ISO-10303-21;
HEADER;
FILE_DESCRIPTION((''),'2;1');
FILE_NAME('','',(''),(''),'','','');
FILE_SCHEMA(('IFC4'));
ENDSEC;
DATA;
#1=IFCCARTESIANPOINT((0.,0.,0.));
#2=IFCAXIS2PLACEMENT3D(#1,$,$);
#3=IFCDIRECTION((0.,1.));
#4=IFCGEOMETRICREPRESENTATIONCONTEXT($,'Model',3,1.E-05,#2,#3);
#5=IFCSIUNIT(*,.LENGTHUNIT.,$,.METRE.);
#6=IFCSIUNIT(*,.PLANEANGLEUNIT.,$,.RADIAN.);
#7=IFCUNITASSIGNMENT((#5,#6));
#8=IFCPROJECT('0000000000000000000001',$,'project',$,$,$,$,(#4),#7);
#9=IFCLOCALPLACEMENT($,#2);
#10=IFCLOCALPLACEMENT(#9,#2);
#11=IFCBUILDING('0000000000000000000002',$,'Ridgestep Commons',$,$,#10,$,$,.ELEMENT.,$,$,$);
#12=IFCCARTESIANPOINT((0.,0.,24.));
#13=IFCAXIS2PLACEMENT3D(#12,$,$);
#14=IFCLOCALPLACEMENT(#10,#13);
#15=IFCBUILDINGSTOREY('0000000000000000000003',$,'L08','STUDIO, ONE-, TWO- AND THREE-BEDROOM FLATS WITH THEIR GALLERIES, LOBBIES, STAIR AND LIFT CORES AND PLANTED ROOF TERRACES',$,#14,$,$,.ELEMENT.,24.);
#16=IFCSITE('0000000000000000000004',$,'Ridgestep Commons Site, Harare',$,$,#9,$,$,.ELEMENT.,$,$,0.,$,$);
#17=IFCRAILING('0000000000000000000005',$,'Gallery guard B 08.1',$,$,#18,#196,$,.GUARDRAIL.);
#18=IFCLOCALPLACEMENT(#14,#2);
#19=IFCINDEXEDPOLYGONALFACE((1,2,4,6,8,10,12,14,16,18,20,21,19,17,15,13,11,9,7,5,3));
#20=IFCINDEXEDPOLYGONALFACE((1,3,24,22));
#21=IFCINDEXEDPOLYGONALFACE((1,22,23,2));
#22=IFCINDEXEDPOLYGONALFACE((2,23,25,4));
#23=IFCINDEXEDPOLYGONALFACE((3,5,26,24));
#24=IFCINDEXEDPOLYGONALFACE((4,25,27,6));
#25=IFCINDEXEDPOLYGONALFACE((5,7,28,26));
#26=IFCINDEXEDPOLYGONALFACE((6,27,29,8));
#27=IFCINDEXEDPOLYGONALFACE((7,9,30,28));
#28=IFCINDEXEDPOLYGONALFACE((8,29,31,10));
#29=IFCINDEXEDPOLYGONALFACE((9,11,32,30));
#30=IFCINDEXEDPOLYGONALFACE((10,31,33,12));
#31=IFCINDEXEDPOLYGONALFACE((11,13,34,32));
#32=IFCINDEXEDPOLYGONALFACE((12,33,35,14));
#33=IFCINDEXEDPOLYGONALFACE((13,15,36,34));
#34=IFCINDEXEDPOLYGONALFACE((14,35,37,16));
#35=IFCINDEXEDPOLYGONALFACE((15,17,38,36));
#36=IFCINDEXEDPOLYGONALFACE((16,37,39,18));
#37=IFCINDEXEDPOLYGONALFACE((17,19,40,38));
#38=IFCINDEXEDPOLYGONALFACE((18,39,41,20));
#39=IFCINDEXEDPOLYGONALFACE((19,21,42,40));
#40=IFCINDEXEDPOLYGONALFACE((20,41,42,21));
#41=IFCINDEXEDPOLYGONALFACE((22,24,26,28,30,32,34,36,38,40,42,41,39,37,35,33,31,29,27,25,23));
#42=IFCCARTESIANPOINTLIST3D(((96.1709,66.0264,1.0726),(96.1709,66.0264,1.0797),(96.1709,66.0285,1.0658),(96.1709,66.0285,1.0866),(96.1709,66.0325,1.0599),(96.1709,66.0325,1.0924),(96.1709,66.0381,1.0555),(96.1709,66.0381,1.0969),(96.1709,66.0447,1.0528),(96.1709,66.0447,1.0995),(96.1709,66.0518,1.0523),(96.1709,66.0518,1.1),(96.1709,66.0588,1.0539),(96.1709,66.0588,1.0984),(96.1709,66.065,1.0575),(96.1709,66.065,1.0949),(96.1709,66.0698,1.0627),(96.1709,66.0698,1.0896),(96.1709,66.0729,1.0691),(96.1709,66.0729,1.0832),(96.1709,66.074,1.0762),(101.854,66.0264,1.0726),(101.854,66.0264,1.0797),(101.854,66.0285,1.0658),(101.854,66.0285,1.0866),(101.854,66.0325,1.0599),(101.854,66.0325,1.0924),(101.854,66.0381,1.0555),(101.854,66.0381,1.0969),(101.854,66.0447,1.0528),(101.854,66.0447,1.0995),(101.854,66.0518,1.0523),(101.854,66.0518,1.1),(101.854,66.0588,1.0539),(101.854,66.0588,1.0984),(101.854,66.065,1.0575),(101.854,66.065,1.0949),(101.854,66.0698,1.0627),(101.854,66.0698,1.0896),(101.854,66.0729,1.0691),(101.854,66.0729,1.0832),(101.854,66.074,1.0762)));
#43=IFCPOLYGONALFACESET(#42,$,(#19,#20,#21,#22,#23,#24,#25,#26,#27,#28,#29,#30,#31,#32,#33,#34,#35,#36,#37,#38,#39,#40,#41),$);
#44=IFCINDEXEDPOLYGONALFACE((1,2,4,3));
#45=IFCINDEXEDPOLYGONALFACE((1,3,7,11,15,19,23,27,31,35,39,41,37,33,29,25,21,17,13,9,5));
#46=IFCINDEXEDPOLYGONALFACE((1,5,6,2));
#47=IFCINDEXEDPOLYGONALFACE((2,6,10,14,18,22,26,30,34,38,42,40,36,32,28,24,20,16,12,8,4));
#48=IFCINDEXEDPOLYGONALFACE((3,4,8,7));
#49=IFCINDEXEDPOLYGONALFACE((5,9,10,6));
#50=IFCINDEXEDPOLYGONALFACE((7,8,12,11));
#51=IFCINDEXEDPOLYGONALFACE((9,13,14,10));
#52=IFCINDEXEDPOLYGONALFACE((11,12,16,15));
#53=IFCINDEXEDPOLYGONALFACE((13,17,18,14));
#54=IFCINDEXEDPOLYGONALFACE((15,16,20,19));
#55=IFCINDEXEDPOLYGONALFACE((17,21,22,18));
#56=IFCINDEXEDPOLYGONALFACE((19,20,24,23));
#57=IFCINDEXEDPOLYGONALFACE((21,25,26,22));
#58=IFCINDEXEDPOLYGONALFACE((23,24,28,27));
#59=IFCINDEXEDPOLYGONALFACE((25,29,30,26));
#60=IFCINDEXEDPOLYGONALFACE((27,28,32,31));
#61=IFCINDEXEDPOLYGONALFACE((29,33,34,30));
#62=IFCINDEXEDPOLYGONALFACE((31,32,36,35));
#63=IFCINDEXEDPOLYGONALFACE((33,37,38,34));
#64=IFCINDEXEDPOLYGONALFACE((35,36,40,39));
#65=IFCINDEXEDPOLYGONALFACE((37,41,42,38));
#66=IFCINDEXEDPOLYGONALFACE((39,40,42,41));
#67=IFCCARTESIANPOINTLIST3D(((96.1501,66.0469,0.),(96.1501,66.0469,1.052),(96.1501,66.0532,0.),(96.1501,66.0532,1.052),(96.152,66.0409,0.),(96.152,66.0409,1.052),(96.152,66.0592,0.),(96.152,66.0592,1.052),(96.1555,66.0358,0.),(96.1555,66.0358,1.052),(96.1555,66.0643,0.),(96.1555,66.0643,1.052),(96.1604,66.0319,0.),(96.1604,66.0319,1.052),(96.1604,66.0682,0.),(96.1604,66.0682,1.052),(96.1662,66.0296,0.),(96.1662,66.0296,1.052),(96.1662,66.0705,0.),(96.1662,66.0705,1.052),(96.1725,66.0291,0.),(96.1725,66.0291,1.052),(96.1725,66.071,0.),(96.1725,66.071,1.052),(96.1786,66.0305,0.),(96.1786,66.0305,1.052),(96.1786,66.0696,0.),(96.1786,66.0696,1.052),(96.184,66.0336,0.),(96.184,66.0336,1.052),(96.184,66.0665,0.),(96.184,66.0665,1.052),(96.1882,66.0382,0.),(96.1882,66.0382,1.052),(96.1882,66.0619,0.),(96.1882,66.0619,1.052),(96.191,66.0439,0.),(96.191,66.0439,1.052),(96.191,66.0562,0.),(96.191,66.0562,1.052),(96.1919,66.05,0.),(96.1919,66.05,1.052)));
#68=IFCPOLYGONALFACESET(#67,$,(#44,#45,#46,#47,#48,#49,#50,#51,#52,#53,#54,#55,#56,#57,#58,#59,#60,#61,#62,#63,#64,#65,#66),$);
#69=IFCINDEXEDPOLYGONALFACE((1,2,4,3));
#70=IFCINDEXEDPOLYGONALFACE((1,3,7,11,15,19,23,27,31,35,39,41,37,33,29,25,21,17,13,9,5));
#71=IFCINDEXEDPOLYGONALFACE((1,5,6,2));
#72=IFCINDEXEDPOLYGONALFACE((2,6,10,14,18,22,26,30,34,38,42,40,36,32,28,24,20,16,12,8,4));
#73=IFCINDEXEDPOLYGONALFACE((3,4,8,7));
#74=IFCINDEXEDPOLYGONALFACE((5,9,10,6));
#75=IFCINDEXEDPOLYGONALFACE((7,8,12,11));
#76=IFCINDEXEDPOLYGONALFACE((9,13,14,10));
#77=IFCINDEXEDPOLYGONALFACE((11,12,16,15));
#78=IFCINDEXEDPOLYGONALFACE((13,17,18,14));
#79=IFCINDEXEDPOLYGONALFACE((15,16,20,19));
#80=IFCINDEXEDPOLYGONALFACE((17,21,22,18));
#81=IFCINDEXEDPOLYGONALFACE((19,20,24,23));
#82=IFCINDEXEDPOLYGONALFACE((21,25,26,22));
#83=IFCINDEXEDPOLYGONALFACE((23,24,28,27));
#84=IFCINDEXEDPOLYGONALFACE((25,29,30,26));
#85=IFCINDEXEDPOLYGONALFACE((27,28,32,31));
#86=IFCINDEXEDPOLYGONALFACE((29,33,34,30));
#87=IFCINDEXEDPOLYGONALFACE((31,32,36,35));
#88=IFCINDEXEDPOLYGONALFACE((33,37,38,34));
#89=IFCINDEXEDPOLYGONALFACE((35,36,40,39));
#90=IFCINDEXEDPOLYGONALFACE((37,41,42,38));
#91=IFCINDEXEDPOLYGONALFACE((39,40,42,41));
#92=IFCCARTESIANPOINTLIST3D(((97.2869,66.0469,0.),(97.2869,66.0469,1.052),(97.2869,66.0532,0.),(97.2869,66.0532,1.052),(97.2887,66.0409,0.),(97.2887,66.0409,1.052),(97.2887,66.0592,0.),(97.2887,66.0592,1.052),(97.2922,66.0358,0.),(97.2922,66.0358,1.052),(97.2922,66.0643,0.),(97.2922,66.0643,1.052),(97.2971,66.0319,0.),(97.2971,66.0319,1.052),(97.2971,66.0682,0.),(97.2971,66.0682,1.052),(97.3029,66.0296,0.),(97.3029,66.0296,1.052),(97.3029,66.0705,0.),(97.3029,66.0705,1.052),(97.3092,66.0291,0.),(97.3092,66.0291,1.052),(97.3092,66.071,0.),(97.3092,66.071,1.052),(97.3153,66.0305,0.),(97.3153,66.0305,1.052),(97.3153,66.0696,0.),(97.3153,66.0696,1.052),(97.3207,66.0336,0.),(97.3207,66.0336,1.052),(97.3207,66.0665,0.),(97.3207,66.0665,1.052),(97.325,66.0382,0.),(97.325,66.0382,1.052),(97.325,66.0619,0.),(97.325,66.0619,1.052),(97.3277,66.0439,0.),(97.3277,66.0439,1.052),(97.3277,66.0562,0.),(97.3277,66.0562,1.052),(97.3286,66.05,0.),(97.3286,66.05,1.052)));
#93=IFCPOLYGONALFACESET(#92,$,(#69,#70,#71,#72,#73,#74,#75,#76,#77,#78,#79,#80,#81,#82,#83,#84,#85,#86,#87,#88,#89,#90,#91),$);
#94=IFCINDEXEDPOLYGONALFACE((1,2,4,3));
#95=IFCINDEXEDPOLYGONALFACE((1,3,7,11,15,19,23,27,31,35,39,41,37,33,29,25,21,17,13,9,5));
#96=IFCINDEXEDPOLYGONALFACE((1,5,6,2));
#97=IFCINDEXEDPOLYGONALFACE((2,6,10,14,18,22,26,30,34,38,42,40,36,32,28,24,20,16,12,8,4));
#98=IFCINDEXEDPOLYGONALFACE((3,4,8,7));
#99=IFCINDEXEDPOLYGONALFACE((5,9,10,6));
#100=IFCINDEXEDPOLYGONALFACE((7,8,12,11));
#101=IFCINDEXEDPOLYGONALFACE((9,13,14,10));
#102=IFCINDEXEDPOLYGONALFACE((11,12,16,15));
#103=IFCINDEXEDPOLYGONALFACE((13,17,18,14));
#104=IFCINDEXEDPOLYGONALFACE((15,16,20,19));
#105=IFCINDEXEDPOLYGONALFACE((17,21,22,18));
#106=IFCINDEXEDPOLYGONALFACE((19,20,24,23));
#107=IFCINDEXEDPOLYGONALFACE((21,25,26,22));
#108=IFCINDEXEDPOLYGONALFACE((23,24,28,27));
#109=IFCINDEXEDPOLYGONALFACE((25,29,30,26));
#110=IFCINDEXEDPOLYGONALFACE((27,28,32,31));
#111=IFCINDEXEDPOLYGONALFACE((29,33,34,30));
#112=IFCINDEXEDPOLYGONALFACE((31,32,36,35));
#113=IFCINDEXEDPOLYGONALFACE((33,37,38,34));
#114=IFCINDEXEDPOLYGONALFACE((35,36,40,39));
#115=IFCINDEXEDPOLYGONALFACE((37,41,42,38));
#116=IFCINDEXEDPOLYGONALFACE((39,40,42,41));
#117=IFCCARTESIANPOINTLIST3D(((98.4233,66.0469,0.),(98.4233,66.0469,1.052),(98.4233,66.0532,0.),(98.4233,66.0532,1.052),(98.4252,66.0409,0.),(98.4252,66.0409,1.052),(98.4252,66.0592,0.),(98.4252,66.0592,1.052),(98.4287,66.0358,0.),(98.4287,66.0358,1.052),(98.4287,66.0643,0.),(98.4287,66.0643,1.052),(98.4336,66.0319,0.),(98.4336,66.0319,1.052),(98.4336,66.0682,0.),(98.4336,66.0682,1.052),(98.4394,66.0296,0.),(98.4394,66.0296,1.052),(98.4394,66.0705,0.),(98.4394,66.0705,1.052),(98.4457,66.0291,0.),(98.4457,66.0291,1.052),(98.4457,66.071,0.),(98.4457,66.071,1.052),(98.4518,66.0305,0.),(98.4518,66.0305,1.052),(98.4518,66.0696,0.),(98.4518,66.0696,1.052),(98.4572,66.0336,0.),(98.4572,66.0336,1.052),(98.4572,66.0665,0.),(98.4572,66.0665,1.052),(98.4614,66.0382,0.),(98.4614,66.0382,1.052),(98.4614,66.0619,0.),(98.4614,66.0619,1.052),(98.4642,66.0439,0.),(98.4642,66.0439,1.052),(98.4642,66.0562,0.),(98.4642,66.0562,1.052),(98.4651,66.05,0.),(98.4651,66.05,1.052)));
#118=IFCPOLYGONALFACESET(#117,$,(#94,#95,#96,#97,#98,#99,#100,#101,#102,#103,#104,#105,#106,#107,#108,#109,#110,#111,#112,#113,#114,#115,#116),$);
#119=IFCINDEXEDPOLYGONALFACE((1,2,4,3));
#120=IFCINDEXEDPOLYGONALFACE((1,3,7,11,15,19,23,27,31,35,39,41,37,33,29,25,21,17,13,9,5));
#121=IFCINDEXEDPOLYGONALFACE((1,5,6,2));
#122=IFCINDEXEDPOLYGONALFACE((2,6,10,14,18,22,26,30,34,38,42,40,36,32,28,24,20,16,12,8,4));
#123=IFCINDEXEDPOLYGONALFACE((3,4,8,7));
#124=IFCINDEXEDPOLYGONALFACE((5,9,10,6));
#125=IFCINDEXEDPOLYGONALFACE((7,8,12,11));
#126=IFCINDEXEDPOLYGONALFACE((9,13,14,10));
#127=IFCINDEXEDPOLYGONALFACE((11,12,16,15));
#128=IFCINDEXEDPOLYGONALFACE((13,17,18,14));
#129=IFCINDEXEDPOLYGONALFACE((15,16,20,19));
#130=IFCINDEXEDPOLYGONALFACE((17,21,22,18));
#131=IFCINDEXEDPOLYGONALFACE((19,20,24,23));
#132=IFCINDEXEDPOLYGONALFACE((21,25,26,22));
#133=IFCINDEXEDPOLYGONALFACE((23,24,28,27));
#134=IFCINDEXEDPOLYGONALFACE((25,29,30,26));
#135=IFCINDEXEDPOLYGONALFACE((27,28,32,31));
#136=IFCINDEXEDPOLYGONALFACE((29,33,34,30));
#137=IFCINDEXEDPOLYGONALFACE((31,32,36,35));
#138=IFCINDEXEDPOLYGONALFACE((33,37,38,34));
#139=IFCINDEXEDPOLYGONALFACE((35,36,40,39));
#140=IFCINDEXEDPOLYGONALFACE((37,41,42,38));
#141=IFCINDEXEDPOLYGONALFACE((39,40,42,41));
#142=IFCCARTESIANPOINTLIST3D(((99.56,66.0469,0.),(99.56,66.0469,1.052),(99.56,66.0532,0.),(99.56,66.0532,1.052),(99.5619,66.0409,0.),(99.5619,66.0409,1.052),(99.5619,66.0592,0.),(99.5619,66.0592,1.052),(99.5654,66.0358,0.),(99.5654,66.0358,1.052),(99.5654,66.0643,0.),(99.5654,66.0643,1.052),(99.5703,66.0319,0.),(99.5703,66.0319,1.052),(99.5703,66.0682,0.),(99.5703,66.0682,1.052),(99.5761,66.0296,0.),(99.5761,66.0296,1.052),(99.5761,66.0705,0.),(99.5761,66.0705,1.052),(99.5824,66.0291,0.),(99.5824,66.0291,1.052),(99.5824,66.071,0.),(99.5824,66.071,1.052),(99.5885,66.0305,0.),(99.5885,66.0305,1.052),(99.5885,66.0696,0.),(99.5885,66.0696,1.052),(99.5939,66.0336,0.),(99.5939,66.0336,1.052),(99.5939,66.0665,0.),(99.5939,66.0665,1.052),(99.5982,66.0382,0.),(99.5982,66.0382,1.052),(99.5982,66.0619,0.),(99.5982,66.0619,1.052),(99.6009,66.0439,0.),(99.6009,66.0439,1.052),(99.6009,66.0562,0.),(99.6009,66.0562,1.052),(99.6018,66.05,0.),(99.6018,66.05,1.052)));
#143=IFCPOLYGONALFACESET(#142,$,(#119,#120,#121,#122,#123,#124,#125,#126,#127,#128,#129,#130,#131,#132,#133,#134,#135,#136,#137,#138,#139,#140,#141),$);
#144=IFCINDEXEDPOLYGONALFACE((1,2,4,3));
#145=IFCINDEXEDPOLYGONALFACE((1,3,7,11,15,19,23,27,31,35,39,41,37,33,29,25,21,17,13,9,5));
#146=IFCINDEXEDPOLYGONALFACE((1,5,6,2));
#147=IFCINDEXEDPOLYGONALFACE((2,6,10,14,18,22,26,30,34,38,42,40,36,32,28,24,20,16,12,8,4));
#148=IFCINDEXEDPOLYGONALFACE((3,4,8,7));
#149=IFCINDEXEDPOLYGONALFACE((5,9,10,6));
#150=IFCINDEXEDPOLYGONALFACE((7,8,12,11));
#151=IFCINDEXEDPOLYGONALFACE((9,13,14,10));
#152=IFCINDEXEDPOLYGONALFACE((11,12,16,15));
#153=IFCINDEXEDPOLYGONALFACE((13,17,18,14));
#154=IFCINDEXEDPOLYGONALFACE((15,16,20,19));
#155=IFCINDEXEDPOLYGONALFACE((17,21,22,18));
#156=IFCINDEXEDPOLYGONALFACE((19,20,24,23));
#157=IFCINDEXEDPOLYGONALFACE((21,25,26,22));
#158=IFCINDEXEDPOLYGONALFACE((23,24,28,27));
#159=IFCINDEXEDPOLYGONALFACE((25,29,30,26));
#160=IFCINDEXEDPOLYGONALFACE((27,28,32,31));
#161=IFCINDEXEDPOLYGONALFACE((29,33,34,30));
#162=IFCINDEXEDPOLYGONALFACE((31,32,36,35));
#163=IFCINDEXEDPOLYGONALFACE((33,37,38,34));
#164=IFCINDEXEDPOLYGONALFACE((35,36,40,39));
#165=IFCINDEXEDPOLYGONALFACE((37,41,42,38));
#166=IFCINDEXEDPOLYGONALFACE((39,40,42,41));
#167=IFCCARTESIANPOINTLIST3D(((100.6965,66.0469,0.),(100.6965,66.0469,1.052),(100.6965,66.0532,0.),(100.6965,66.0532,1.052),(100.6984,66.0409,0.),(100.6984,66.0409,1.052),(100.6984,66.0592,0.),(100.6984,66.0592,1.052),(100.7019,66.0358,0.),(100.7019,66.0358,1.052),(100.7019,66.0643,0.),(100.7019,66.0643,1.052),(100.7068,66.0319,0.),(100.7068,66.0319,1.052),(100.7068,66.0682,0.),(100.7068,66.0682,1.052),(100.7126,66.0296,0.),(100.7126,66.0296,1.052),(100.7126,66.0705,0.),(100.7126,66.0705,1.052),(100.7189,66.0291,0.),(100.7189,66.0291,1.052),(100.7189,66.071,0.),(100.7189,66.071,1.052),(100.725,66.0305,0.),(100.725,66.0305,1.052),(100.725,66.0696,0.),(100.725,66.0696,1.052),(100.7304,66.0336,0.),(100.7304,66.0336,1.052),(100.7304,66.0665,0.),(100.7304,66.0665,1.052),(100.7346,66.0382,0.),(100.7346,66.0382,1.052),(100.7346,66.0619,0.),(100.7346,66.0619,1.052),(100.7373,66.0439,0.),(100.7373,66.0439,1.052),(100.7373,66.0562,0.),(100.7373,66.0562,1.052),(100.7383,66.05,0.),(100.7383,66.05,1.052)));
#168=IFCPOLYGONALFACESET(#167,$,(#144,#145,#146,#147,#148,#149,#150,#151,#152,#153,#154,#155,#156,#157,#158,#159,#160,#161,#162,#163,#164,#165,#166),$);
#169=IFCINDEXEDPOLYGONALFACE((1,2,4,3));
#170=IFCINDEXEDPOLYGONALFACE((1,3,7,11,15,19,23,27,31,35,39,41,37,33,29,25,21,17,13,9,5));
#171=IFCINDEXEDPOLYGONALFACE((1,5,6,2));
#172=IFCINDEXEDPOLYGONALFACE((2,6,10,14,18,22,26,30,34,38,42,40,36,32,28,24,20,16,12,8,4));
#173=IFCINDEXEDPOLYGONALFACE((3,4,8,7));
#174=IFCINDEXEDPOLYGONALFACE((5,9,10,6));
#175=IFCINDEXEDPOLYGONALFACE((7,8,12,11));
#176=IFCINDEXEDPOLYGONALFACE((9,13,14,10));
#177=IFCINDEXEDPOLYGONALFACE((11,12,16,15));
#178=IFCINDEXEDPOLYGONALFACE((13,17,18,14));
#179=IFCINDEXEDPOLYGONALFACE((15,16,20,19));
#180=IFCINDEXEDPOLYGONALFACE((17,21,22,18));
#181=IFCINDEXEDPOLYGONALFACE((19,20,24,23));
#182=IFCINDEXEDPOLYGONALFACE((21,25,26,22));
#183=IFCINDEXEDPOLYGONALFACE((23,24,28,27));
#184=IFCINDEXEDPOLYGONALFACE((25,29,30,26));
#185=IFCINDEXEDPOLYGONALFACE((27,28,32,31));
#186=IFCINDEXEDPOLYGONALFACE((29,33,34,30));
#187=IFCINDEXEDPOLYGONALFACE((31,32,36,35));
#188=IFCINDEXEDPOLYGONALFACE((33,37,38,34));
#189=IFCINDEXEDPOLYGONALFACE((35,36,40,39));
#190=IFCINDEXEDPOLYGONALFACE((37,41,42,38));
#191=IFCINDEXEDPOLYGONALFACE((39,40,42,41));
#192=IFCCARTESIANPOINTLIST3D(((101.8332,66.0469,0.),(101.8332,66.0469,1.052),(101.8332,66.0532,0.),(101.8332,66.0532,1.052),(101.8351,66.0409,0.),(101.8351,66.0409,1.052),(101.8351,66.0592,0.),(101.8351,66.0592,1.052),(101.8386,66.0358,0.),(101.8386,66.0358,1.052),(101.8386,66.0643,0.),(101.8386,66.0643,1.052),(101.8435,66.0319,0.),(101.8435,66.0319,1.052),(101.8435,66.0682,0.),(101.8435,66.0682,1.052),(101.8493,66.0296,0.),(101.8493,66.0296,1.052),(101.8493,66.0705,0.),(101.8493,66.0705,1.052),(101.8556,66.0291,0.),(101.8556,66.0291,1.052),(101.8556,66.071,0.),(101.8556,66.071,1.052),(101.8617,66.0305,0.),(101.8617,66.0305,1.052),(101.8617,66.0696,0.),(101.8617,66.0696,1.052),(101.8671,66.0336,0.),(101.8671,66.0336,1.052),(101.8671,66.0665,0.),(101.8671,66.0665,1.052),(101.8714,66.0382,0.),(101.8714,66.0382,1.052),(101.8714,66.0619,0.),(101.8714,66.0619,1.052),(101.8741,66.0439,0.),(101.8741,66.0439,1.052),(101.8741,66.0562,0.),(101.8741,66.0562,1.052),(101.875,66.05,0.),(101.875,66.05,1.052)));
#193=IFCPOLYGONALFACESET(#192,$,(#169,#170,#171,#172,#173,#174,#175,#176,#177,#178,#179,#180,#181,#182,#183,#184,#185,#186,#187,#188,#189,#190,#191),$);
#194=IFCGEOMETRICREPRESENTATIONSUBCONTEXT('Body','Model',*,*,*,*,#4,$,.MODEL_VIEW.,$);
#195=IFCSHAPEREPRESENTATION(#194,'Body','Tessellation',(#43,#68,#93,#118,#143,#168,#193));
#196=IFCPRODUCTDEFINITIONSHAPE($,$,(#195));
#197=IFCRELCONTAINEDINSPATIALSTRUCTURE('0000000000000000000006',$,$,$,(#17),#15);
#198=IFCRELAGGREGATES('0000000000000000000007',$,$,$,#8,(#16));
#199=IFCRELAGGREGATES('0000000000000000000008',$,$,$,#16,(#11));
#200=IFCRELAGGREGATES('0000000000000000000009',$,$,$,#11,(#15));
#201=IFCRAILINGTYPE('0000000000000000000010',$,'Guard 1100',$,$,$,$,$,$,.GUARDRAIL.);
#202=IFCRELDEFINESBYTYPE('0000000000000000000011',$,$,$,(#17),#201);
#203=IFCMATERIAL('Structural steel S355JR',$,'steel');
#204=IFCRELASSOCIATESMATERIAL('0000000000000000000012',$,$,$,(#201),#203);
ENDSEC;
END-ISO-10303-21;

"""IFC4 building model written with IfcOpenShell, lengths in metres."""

from ifc_helpers import new_model, si_unit, direction, frame, origin, origin_2d, place, context, subcontext, project, spatial, circle, extrude, material, type_object, element, save


model = new_model("IFC4")

# Units and contexts
model_context = context("Model", 3, precision=1e-05, world=origin(), true_north=direction((0.0, 1.0)))
body_context = subcontext(model_context, "Body", "Model", "MODEL_VIEW")
ifc_project = project(units=[si_unit("LENGTHUNIT", "METRE"), si_unit("PLANEANGLEUNIT", "RADIAN")], contexts=[model_context])

# Site, building, storey
site_placement = place(None, origin())
site = spatial("IfcSite", under=ifc_project, at=site_placement, Name="Ridgestep Commons Site, Harare", CompositionType="ELEMENT", RefElevation=0.0)
building_placement = place(site_placement, origin())
building = spatial("IfcBuilding", under=site, at=building_placement, Name="Ridgestep Commons", CompositionType="ELEMENT")
storey_placement = place(building_placement, frame((0.0, 0.0, 24.0)))
storey = spatial("IfcBuildingStorey", under=building, at=storey_placement, Name="L08", Description="STUDIO, ONE-, TWO- AND THREE-BEDROOM FLATS WITH THEIR GALLERIES, LOBBIES, STAIR AND LIFT CORES AND PLANTED ROOF TERRACES", CompositionType="ELEMENT", Elevation=24.0)

# Railing
ifc_material_1 = material(Name="Structural steel S355JR", Category="steel")
railing_type_1 = type_object("IfcRailingType", Name="Guard 1100", PredefinedType="GUARDRAIL", material=ifc_material_1)
railing_1_placement = place(storey_placement, frame((96.1709, 66.05, 0.0)))
element("IfcRailing", 1, at=railing_1_placement, inside=storey, type_object=railing_type_1, Name="Gallery guard B 08.1", PredefinedType="GUARDRAIL", context=body_context, shape_type="SweptSolid", body=[
    extrude(circle(Radius=0.0239, at=origin_2d()), frame((0.0, 0.0, 1.0762), z_axis=(1.0, 0.0, 0.0), x_axis=(0.0, 1.0, 0.0)), (0.0, 0.0, 1.0), 5.6831),
    extrude(circle(Radius=0.021, at=origin_2d()), origin(), (0.0, 0.0, 1.0), 1.052),
    extrude(circle(Radius=0.021, at=origin_2d()), frame((1.1367, 0.0, 0.0)), (0.0, 0.0, 1.0), 1.052),
    extrude(circle(Radius=0.021, at=origin_2d()), frame((2.2732, 0.0, 0.0)), (0.0, 0.0, 1.0), 1.052),
    extrude(circle(Radius=0.021, at=origin_2d()), frame((3.4099, 0.0, 0.0)), (0.0, 0.0, 1.0), 1.052),
    extrude(circle(Radius=0.021, at=origin_2d()), frame((4.5464, 0.0, 0.0)), (0.0, 0.0, 1.0), 1.052),
    extrude(circle(Radius=0.021, at=origin_2d()), frame((5.6831, 0.0, 0.0)), (0.0, 0.0, 1.0), 1.052),
])

save(model, "model.ifc")
